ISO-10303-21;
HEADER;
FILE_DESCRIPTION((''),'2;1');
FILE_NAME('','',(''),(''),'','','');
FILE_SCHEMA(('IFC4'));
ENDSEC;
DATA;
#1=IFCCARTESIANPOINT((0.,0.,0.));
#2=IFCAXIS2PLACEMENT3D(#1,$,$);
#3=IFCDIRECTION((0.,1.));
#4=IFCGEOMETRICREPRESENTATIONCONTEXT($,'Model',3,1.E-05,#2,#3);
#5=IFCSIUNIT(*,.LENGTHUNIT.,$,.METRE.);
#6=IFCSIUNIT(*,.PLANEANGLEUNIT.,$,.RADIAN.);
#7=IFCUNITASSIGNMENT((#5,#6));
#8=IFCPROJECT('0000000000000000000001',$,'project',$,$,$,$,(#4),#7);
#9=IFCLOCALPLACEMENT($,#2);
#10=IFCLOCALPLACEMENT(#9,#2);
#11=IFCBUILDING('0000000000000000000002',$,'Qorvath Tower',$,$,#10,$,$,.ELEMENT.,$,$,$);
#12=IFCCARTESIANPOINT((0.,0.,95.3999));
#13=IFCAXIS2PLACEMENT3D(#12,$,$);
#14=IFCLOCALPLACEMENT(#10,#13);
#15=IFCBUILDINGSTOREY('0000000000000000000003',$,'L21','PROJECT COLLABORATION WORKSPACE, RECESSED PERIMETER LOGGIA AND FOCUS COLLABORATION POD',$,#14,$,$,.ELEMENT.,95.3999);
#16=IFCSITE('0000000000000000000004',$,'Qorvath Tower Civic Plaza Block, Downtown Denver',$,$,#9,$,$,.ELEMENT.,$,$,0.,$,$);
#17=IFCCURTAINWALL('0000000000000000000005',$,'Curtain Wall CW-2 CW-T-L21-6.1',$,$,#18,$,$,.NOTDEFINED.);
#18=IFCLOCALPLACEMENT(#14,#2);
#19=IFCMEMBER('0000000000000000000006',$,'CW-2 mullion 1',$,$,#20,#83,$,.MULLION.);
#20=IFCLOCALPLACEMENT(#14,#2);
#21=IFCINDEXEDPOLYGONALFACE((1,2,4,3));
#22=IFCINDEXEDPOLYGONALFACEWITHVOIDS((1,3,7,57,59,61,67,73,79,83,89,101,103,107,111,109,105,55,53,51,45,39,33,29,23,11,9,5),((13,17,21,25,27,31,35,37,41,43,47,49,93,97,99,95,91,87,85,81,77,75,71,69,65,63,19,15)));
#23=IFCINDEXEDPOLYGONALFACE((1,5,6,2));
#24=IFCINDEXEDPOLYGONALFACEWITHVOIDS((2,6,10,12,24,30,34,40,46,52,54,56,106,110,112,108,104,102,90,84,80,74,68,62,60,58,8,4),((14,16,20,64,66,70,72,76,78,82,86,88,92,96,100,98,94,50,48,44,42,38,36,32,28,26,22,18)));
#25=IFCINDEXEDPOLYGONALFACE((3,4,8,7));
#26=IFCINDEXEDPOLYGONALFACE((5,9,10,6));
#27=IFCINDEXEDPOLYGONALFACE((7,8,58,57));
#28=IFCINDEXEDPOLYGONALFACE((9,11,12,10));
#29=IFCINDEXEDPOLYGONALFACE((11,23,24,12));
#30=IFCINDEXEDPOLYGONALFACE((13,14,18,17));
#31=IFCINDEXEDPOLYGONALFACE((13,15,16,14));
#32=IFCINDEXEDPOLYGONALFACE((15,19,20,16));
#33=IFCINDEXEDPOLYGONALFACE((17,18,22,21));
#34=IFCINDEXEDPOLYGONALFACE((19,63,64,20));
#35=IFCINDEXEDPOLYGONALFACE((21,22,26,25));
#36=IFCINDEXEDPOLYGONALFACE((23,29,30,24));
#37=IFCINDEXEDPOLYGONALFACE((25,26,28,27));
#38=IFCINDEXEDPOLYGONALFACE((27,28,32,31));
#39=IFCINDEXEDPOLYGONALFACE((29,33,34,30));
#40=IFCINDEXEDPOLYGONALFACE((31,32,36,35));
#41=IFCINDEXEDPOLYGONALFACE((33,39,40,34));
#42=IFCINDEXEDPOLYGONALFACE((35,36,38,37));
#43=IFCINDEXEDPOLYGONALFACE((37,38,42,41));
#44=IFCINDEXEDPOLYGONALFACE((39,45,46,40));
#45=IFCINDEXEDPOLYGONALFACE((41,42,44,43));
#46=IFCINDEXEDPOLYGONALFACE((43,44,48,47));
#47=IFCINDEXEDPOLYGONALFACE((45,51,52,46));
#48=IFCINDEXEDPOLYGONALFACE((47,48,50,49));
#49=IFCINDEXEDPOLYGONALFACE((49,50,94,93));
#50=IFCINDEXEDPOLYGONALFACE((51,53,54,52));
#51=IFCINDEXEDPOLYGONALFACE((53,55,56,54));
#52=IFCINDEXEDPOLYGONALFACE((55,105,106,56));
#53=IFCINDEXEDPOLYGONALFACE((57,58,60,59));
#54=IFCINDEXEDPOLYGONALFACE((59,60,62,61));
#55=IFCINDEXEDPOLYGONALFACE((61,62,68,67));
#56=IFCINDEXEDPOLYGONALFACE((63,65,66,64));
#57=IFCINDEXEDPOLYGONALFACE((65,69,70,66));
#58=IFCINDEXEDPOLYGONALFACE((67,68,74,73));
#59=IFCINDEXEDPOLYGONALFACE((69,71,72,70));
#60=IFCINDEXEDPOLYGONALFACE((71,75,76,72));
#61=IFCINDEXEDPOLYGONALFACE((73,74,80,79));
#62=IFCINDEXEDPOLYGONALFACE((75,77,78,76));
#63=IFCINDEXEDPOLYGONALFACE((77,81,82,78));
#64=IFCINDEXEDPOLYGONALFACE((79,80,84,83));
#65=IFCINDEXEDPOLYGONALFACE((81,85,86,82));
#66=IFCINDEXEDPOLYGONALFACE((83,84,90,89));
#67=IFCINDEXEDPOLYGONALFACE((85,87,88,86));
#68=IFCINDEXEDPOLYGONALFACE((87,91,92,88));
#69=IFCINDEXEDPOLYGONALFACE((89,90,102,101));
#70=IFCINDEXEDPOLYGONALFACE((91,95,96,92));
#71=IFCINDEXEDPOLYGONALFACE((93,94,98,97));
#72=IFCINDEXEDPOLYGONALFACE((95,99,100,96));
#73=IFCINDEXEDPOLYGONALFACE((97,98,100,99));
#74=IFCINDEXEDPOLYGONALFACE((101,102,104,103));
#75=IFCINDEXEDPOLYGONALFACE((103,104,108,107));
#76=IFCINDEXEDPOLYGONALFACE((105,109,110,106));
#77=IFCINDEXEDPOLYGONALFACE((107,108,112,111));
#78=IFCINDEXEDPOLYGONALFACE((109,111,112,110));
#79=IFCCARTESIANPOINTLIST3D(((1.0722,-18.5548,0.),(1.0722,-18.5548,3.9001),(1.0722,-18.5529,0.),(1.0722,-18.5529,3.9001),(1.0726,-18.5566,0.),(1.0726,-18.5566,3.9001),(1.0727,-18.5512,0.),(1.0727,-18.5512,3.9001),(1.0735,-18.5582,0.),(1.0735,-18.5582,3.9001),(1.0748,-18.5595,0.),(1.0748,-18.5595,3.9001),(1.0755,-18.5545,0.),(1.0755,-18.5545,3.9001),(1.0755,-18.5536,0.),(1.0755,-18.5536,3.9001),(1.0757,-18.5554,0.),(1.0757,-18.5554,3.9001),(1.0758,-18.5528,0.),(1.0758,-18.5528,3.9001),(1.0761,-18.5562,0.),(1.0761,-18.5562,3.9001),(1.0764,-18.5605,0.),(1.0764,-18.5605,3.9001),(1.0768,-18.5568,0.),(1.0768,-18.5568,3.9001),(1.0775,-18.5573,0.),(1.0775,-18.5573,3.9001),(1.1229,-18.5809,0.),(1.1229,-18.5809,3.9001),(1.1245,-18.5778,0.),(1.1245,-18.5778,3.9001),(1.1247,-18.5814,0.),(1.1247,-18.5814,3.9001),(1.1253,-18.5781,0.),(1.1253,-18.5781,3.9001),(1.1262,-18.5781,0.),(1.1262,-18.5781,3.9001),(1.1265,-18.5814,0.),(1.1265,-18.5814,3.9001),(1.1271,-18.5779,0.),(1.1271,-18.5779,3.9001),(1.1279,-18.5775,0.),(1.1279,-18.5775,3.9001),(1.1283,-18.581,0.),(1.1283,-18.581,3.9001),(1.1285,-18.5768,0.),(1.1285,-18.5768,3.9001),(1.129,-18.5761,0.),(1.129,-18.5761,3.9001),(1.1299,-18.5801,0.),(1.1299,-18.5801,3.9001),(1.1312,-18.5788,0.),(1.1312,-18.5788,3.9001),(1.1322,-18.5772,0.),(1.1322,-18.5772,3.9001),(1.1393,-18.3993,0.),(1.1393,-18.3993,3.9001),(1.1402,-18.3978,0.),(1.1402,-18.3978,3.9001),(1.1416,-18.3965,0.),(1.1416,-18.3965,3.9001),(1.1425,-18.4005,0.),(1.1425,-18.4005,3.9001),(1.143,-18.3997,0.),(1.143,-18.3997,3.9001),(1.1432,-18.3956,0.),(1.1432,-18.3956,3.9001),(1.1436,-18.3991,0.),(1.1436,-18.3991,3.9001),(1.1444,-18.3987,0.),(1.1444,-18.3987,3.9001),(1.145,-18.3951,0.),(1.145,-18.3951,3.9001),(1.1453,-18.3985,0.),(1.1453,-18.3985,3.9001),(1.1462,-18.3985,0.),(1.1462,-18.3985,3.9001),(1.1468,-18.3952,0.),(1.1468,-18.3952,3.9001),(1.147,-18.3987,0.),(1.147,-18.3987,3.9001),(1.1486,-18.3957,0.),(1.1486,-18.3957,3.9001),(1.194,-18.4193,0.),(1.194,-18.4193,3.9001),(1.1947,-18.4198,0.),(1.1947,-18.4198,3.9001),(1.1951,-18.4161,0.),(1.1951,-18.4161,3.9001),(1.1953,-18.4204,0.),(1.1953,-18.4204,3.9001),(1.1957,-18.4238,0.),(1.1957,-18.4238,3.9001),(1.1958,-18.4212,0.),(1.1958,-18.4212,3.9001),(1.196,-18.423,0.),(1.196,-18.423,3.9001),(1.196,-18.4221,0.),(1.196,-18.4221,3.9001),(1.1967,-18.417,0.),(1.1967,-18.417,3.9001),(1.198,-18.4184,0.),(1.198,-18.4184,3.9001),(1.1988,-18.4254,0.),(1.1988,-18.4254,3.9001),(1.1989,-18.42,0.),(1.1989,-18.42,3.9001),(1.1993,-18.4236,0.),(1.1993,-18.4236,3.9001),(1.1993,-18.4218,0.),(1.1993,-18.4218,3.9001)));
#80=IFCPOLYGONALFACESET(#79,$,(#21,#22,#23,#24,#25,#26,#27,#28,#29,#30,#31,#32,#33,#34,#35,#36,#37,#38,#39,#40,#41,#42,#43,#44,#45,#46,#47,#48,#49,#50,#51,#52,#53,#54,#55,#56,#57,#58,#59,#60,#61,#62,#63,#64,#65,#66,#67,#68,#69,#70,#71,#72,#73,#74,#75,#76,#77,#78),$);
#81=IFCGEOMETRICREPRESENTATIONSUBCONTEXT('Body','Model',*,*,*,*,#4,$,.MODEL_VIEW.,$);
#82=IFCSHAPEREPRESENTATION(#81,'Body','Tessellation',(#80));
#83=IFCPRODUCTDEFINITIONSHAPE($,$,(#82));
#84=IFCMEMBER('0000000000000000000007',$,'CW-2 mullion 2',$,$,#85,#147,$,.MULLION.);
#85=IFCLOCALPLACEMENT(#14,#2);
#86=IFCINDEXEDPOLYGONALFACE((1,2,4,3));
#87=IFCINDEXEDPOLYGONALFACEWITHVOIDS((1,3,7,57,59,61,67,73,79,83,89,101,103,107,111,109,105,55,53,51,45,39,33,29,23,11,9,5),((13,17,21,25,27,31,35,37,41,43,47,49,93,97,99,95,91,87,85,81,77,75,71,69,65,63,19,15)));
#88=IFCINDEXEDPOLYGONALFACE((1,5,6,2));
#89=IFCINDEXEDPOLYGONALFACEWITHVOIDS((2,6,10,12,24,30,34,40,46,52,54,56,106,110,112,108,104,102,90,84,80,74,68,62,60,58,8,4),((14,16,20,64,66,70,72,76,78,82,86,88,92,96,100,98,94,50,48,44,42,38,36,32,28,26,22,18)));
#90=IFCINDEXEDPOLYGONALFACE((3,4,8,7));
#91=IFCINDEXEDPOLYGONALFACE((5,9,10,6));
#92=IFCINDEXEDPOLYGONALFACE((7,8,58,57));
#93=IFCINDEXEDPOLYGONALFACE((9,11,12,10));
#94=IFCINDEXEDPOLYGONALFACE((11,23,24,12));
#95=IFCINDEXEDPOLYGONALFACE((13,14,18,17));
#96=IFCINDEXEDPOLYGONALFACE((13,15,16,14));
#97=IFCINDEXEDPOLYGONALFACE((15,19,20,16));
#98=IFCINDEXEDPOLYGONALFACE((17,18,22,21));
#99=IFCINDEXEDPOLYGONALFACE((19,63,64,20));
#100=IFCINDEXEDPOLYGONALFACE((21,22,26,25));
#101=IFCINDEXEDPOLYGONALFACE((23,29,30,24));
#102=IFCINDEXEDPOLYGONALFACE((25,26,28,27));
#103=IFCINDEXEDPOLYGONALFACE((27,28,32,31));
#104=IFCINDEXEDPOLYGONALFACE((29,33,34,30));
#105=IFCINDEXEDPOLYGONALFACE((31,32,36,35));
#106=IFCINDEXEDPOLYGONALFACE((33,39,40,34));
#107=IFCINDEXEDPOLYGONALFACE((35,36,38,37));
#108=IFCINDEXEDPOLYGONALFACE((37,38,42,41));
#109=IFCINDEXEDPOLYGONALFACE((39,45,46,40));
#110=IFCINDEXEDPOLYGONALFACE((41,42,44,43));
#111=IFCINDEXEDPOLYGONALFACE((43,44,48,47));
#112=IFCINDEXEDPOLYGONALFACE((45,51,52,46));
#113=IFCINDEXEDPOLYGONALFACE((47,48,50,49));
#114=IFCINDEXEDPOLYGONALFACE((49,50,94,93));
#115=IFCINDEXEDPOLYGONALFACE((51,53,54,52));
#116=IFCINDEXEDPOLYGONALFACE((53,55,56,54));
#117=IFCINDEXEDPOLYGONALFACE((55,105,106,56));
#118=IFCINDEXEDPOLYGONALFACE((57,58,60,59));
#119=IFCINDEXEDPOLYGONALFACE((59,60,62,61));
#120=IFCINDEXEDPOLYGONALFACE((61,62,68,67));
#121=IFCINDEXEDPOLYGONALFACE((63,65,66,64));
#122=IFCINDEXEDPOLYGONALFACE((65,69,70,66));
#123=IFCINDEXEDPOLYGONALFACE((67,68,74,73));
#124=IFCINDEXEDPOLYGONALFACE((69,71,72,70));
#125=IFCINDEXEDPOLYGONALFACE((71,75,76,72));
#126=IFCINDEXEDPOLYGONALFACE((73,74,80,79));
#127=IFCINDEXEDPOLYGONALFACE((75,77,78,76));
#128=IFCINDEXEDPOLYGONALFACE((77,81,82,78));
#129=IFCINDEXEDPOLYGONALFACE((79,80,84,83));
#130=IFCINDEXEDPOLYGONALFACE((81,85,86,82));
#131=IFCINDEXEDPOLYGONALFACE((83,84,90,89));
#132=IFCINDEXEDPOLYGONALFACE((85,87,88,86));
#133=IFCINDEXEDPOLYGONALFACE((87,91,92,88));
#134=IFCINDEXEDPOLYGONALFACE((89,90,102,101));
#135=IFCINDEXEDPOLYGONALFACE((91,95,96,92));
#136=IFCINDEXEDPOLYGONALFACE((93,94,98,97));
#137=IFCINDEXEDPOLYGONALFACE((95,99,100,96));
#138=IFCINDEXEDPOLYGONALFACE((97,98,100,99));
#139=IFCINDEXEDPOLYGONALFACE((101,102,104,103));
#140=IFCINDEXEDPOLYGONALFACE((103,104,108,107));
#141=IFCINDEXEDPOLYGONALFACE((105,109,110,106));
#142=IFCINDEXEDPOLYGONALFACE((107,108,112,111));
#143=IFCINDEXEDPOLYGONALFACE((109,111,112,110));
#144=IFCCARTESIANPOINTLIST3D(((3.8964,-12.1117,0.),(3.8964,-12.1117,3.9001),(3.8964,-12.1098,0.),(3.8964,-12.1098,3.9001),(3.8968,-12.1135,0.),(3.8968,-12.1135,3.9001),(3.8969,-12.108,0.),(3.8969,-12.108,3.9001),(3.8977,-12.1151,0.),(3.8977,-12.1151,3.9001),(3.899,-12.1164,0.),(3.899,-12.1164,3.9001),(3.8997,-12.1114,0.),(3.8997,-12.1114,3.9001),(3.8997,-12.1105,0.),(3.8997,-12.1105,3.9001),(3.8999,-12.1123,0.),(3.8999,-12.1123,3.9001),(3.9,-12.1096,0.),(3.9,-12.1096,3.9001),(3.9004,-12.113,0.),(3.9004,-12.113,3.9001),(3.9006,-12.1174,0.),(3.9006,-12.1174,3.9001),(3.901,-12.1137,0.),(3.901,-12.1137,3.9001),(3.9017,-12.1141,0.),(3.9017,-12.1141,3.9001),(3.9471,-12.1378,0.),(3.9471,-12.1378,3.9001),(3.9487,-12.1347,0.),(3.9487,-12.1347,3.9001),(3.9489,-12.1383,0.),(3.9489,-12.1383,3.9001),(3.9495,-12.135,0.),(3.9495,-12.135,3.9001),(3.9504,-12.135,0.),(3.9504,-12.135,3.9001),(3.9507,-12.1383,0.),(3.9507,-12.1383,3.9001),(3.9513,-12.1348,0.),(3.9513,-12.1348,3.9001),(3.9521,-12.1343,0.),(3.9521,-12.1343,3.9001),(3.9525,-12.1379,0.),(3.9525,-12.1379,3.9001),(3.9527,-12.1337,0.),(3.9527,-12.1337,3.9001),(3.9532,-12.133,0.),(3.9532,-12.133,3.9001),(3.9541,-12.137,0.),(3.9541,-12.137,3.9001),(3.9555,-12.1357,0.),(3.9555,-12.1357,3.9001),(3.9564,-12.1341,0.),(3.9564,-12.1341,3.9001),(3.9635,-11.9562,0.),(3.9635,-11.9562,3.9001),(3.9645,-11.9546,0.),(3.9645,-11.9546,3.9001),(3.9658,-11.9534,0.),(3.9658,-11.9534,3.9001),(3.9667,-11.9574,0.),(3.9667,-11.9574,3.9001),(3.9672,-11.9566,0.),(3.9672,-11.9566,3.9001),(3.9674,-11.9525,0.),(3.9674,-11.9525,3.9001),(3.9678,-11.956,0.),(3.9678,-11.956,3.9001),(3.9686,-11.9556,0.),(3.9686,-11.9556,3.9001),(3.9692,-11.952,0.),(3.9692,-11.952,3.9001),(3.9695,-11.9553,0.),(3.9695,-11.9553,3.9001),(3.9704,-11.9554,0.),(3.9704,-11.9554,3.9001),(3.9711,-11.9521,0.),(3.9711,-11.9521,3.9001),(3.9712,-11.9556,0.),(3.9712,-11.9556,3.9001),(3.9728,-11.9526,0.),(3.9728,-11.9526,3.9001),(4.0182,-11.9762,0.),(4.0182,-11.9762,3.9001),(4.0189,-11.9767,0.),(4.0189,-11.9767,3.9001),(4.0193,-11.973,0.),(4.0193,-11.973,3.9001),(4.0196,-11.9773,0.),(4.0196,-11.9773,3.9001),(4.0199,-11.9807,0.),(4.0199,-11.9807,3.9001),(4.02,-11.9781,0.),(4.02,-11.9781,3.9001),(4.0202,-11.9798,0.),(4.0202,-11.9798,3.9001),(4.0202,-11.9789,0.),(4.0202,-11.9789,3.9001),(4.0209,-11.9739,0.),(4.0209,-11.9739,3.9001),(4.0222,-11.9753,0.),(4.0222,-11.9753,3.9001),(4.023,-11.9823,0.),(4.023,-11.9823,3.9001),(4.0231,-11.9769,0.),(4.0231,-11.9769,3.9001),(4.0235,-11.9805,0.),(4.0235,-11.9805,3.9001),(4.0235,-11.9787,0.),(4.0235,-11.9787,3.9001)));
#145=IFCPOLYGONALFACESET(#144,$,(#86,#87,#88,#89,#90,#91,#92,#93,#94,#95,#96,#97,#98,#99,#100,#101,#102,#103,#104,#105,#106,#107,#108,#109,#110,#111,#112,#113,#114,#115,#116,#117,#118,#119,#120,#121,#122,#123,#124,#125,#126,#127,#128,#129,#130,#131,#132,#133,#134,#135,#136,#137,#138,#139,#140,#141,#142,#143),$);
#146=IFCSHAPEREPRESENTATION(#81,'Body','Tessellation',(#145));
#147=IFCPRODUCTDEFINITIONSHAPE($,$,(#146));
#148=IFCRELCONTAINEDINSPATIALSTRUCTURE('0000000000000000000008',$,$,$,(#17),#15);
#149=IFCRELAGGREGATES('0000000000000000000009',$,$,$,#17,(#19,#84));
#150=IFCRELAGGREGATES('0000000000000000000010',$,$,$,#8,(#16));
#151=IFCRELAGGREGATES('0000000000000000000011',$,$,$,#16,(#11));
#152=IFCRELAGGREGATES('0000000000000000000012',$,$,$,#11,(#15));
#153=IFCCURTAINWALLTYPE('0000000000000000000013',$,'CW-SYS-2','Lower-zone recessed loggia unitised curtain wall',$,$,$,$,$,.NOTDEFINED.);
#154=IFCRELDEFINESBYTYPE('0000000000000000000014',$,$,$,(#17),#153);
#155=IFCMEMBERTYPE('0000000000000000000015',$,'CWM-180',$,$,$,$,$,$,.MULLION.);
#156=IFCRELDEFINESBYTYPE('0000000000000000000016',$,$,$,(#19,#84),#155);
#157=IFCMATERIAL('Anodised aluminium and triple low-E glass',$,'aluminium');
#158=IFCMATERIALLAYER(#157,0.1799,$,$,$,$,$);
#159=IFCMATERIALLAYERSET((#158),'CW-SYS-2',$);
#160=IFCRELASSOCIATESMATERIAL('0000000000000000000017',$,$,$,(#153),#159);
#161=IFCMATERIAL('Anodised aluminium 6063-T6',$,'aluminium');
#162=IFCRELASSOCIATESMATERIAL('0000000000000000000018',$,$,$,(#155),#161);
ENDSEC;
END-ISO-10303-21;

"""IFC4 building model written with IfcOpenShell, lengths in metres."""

from ifc_helpers import new_model, si_unit, direction, frame, origin, origin_2d, place, context, subcontext, project, spatial, hollow_rectangle, extrude, material, layer, layer_set, material_profile, profile_set, type_object, element, aggregate, save


model = new_model("IFC4")

# Units and contexts
model_context = context("Model", 3, precision=1e-05, world=origin(), true_north=direction((0.0, 1.0)))
body_context = subcontext(model_context, "Body", "Model", "MODEL_VIEW")
ifc_project = project(units=[si_unit("LENGTHUNIT", "METRE"), si_unit("PLANEANGLEUNIT", "RADIAN")], contexts=[model_context])

# Site, building, storey
site_placement = place(None, origin())
site = spatial("IfcSite", under=ifc_project, at=site_placement, Name="Qorvath Tower Civic Plaza Block, Downtown Denver", CompositionType="ELEMENT", RefElevation=0.0)
building_placement = place(site_placement, origin())
building = spatial("IfcBuilding", under=site, at=building_placement, Name="Qorvath Tower", CompositionType="ELEMENT")
storey_placement = place(building_placement, frame((0.0, 0.0, 95.3999)))
storey = spatial("IfcBuildingStorey", under=building, at=storey_placement, Name="L21", Description="PROJECT COLLABORATION WORKSPACE, RECESSED PERIMETER LOGGIA AND FOCUS COLLABORATION POD", CompositionType="ELEMENT", Elevation=95.3999)

# Curtain wall, members
ifc_material_1 = material(Name="Anodised aluminium and triple low-E glass", Category="aluminium")
ifc_layer_1 = layer(ifc_material_1, 0.1799)
ifc_layer_set_1 = layer_set([ifc_layer_1], Name="CW-SYS-2")
curtain_wall_type = type_object("IfcCurtainWallType", Name="CW-SYS-2", Description="Lower-zone recessed loggia unitised curtain wall", PredefinedType="NOTDEFINED", material=ifc_layer_set_1)
ifc_material_2 = material(Name="Anodised aluminium 6063-T6", Category="aluminium")
ifc_material_profile_1 = material_profile(ifc_material_2, hollow_rectangle(XDim=0.0649, YDim=0.1799, WallThickness=0.0034, InnerFilletRadius=0.0034, OuterFilletRadius=0.0071, at=origin_2d()), Name="CWM 180x65")
ifc_profile_set_1 = profile_set([ifc_material_profile_1], Name="Anodised aluminium 6063-T6")
member_type_1 = type_object("IfcMemberType", Name="CWM-180", PredefinedType="MULLION", material=ifc_profile_set_1)
curtain_wall_1_placement = place(storey_placement, origin())
curtain_wall_1 = element("IfcCurtainWall", 1, at=curtain_wall_1_placement, inside=storey, type_object=curtain_wall_type, Name="Curtain Wall CW-2 CW-T-L21-6.1", PredefinedType="NOTDEFINED")
member_1_placement = place(storey_placement, frame((1.1357, -18.4883, 0.0), z_axis=(0.0, 0.0, 1.0), x_axis=(-0.915869, 0.401477, 0.0)))
member_1 = element("IfcMember", 2, at=member_1_placement, type_object=member_type_1, Name="CW-2 mullion 1", PredefinedType="MULLION", context=body_context, shape_type="SweptSolid", body=[
    extrude(hollow_rectangle(XDim=0.0649, YDim=0.1799, WallThickness=0.0034, InnerFilletRadius=0.0034, OuterFilletRadius=0.0071, at=origin_2d()), origin(), (0.0, 0.0, 1.0), 3.9001),
])
member_2_placement = place(storey_placement, frame((3.96, -12.0452, 0.0), z_axis=(0.0, 0.0, 1.0), x_axis=(-0.915869, 0.401477, 0.0)))
member_2 = element("IfcMember", 3, at=member_2_placement, type_object=member_type_1, Name="CW-2 mullion 2", PredefinedType="MULLION", context=body_context, shape_type="SweptSolid", body=[
    extrude(hollow_rectangle(XDim=0.0649, YDim=0.1799, WallThickness=0.0034, InnerFilletRadius=0.0034, OuterFilletRadius=0.0071, at=origin_2d()), origin(), (0.0, 0.0, 1.0), 3.9001),
])

aggregate(curtain_wall_1, [member_1, member_2])

save(model, "model.ifc")
